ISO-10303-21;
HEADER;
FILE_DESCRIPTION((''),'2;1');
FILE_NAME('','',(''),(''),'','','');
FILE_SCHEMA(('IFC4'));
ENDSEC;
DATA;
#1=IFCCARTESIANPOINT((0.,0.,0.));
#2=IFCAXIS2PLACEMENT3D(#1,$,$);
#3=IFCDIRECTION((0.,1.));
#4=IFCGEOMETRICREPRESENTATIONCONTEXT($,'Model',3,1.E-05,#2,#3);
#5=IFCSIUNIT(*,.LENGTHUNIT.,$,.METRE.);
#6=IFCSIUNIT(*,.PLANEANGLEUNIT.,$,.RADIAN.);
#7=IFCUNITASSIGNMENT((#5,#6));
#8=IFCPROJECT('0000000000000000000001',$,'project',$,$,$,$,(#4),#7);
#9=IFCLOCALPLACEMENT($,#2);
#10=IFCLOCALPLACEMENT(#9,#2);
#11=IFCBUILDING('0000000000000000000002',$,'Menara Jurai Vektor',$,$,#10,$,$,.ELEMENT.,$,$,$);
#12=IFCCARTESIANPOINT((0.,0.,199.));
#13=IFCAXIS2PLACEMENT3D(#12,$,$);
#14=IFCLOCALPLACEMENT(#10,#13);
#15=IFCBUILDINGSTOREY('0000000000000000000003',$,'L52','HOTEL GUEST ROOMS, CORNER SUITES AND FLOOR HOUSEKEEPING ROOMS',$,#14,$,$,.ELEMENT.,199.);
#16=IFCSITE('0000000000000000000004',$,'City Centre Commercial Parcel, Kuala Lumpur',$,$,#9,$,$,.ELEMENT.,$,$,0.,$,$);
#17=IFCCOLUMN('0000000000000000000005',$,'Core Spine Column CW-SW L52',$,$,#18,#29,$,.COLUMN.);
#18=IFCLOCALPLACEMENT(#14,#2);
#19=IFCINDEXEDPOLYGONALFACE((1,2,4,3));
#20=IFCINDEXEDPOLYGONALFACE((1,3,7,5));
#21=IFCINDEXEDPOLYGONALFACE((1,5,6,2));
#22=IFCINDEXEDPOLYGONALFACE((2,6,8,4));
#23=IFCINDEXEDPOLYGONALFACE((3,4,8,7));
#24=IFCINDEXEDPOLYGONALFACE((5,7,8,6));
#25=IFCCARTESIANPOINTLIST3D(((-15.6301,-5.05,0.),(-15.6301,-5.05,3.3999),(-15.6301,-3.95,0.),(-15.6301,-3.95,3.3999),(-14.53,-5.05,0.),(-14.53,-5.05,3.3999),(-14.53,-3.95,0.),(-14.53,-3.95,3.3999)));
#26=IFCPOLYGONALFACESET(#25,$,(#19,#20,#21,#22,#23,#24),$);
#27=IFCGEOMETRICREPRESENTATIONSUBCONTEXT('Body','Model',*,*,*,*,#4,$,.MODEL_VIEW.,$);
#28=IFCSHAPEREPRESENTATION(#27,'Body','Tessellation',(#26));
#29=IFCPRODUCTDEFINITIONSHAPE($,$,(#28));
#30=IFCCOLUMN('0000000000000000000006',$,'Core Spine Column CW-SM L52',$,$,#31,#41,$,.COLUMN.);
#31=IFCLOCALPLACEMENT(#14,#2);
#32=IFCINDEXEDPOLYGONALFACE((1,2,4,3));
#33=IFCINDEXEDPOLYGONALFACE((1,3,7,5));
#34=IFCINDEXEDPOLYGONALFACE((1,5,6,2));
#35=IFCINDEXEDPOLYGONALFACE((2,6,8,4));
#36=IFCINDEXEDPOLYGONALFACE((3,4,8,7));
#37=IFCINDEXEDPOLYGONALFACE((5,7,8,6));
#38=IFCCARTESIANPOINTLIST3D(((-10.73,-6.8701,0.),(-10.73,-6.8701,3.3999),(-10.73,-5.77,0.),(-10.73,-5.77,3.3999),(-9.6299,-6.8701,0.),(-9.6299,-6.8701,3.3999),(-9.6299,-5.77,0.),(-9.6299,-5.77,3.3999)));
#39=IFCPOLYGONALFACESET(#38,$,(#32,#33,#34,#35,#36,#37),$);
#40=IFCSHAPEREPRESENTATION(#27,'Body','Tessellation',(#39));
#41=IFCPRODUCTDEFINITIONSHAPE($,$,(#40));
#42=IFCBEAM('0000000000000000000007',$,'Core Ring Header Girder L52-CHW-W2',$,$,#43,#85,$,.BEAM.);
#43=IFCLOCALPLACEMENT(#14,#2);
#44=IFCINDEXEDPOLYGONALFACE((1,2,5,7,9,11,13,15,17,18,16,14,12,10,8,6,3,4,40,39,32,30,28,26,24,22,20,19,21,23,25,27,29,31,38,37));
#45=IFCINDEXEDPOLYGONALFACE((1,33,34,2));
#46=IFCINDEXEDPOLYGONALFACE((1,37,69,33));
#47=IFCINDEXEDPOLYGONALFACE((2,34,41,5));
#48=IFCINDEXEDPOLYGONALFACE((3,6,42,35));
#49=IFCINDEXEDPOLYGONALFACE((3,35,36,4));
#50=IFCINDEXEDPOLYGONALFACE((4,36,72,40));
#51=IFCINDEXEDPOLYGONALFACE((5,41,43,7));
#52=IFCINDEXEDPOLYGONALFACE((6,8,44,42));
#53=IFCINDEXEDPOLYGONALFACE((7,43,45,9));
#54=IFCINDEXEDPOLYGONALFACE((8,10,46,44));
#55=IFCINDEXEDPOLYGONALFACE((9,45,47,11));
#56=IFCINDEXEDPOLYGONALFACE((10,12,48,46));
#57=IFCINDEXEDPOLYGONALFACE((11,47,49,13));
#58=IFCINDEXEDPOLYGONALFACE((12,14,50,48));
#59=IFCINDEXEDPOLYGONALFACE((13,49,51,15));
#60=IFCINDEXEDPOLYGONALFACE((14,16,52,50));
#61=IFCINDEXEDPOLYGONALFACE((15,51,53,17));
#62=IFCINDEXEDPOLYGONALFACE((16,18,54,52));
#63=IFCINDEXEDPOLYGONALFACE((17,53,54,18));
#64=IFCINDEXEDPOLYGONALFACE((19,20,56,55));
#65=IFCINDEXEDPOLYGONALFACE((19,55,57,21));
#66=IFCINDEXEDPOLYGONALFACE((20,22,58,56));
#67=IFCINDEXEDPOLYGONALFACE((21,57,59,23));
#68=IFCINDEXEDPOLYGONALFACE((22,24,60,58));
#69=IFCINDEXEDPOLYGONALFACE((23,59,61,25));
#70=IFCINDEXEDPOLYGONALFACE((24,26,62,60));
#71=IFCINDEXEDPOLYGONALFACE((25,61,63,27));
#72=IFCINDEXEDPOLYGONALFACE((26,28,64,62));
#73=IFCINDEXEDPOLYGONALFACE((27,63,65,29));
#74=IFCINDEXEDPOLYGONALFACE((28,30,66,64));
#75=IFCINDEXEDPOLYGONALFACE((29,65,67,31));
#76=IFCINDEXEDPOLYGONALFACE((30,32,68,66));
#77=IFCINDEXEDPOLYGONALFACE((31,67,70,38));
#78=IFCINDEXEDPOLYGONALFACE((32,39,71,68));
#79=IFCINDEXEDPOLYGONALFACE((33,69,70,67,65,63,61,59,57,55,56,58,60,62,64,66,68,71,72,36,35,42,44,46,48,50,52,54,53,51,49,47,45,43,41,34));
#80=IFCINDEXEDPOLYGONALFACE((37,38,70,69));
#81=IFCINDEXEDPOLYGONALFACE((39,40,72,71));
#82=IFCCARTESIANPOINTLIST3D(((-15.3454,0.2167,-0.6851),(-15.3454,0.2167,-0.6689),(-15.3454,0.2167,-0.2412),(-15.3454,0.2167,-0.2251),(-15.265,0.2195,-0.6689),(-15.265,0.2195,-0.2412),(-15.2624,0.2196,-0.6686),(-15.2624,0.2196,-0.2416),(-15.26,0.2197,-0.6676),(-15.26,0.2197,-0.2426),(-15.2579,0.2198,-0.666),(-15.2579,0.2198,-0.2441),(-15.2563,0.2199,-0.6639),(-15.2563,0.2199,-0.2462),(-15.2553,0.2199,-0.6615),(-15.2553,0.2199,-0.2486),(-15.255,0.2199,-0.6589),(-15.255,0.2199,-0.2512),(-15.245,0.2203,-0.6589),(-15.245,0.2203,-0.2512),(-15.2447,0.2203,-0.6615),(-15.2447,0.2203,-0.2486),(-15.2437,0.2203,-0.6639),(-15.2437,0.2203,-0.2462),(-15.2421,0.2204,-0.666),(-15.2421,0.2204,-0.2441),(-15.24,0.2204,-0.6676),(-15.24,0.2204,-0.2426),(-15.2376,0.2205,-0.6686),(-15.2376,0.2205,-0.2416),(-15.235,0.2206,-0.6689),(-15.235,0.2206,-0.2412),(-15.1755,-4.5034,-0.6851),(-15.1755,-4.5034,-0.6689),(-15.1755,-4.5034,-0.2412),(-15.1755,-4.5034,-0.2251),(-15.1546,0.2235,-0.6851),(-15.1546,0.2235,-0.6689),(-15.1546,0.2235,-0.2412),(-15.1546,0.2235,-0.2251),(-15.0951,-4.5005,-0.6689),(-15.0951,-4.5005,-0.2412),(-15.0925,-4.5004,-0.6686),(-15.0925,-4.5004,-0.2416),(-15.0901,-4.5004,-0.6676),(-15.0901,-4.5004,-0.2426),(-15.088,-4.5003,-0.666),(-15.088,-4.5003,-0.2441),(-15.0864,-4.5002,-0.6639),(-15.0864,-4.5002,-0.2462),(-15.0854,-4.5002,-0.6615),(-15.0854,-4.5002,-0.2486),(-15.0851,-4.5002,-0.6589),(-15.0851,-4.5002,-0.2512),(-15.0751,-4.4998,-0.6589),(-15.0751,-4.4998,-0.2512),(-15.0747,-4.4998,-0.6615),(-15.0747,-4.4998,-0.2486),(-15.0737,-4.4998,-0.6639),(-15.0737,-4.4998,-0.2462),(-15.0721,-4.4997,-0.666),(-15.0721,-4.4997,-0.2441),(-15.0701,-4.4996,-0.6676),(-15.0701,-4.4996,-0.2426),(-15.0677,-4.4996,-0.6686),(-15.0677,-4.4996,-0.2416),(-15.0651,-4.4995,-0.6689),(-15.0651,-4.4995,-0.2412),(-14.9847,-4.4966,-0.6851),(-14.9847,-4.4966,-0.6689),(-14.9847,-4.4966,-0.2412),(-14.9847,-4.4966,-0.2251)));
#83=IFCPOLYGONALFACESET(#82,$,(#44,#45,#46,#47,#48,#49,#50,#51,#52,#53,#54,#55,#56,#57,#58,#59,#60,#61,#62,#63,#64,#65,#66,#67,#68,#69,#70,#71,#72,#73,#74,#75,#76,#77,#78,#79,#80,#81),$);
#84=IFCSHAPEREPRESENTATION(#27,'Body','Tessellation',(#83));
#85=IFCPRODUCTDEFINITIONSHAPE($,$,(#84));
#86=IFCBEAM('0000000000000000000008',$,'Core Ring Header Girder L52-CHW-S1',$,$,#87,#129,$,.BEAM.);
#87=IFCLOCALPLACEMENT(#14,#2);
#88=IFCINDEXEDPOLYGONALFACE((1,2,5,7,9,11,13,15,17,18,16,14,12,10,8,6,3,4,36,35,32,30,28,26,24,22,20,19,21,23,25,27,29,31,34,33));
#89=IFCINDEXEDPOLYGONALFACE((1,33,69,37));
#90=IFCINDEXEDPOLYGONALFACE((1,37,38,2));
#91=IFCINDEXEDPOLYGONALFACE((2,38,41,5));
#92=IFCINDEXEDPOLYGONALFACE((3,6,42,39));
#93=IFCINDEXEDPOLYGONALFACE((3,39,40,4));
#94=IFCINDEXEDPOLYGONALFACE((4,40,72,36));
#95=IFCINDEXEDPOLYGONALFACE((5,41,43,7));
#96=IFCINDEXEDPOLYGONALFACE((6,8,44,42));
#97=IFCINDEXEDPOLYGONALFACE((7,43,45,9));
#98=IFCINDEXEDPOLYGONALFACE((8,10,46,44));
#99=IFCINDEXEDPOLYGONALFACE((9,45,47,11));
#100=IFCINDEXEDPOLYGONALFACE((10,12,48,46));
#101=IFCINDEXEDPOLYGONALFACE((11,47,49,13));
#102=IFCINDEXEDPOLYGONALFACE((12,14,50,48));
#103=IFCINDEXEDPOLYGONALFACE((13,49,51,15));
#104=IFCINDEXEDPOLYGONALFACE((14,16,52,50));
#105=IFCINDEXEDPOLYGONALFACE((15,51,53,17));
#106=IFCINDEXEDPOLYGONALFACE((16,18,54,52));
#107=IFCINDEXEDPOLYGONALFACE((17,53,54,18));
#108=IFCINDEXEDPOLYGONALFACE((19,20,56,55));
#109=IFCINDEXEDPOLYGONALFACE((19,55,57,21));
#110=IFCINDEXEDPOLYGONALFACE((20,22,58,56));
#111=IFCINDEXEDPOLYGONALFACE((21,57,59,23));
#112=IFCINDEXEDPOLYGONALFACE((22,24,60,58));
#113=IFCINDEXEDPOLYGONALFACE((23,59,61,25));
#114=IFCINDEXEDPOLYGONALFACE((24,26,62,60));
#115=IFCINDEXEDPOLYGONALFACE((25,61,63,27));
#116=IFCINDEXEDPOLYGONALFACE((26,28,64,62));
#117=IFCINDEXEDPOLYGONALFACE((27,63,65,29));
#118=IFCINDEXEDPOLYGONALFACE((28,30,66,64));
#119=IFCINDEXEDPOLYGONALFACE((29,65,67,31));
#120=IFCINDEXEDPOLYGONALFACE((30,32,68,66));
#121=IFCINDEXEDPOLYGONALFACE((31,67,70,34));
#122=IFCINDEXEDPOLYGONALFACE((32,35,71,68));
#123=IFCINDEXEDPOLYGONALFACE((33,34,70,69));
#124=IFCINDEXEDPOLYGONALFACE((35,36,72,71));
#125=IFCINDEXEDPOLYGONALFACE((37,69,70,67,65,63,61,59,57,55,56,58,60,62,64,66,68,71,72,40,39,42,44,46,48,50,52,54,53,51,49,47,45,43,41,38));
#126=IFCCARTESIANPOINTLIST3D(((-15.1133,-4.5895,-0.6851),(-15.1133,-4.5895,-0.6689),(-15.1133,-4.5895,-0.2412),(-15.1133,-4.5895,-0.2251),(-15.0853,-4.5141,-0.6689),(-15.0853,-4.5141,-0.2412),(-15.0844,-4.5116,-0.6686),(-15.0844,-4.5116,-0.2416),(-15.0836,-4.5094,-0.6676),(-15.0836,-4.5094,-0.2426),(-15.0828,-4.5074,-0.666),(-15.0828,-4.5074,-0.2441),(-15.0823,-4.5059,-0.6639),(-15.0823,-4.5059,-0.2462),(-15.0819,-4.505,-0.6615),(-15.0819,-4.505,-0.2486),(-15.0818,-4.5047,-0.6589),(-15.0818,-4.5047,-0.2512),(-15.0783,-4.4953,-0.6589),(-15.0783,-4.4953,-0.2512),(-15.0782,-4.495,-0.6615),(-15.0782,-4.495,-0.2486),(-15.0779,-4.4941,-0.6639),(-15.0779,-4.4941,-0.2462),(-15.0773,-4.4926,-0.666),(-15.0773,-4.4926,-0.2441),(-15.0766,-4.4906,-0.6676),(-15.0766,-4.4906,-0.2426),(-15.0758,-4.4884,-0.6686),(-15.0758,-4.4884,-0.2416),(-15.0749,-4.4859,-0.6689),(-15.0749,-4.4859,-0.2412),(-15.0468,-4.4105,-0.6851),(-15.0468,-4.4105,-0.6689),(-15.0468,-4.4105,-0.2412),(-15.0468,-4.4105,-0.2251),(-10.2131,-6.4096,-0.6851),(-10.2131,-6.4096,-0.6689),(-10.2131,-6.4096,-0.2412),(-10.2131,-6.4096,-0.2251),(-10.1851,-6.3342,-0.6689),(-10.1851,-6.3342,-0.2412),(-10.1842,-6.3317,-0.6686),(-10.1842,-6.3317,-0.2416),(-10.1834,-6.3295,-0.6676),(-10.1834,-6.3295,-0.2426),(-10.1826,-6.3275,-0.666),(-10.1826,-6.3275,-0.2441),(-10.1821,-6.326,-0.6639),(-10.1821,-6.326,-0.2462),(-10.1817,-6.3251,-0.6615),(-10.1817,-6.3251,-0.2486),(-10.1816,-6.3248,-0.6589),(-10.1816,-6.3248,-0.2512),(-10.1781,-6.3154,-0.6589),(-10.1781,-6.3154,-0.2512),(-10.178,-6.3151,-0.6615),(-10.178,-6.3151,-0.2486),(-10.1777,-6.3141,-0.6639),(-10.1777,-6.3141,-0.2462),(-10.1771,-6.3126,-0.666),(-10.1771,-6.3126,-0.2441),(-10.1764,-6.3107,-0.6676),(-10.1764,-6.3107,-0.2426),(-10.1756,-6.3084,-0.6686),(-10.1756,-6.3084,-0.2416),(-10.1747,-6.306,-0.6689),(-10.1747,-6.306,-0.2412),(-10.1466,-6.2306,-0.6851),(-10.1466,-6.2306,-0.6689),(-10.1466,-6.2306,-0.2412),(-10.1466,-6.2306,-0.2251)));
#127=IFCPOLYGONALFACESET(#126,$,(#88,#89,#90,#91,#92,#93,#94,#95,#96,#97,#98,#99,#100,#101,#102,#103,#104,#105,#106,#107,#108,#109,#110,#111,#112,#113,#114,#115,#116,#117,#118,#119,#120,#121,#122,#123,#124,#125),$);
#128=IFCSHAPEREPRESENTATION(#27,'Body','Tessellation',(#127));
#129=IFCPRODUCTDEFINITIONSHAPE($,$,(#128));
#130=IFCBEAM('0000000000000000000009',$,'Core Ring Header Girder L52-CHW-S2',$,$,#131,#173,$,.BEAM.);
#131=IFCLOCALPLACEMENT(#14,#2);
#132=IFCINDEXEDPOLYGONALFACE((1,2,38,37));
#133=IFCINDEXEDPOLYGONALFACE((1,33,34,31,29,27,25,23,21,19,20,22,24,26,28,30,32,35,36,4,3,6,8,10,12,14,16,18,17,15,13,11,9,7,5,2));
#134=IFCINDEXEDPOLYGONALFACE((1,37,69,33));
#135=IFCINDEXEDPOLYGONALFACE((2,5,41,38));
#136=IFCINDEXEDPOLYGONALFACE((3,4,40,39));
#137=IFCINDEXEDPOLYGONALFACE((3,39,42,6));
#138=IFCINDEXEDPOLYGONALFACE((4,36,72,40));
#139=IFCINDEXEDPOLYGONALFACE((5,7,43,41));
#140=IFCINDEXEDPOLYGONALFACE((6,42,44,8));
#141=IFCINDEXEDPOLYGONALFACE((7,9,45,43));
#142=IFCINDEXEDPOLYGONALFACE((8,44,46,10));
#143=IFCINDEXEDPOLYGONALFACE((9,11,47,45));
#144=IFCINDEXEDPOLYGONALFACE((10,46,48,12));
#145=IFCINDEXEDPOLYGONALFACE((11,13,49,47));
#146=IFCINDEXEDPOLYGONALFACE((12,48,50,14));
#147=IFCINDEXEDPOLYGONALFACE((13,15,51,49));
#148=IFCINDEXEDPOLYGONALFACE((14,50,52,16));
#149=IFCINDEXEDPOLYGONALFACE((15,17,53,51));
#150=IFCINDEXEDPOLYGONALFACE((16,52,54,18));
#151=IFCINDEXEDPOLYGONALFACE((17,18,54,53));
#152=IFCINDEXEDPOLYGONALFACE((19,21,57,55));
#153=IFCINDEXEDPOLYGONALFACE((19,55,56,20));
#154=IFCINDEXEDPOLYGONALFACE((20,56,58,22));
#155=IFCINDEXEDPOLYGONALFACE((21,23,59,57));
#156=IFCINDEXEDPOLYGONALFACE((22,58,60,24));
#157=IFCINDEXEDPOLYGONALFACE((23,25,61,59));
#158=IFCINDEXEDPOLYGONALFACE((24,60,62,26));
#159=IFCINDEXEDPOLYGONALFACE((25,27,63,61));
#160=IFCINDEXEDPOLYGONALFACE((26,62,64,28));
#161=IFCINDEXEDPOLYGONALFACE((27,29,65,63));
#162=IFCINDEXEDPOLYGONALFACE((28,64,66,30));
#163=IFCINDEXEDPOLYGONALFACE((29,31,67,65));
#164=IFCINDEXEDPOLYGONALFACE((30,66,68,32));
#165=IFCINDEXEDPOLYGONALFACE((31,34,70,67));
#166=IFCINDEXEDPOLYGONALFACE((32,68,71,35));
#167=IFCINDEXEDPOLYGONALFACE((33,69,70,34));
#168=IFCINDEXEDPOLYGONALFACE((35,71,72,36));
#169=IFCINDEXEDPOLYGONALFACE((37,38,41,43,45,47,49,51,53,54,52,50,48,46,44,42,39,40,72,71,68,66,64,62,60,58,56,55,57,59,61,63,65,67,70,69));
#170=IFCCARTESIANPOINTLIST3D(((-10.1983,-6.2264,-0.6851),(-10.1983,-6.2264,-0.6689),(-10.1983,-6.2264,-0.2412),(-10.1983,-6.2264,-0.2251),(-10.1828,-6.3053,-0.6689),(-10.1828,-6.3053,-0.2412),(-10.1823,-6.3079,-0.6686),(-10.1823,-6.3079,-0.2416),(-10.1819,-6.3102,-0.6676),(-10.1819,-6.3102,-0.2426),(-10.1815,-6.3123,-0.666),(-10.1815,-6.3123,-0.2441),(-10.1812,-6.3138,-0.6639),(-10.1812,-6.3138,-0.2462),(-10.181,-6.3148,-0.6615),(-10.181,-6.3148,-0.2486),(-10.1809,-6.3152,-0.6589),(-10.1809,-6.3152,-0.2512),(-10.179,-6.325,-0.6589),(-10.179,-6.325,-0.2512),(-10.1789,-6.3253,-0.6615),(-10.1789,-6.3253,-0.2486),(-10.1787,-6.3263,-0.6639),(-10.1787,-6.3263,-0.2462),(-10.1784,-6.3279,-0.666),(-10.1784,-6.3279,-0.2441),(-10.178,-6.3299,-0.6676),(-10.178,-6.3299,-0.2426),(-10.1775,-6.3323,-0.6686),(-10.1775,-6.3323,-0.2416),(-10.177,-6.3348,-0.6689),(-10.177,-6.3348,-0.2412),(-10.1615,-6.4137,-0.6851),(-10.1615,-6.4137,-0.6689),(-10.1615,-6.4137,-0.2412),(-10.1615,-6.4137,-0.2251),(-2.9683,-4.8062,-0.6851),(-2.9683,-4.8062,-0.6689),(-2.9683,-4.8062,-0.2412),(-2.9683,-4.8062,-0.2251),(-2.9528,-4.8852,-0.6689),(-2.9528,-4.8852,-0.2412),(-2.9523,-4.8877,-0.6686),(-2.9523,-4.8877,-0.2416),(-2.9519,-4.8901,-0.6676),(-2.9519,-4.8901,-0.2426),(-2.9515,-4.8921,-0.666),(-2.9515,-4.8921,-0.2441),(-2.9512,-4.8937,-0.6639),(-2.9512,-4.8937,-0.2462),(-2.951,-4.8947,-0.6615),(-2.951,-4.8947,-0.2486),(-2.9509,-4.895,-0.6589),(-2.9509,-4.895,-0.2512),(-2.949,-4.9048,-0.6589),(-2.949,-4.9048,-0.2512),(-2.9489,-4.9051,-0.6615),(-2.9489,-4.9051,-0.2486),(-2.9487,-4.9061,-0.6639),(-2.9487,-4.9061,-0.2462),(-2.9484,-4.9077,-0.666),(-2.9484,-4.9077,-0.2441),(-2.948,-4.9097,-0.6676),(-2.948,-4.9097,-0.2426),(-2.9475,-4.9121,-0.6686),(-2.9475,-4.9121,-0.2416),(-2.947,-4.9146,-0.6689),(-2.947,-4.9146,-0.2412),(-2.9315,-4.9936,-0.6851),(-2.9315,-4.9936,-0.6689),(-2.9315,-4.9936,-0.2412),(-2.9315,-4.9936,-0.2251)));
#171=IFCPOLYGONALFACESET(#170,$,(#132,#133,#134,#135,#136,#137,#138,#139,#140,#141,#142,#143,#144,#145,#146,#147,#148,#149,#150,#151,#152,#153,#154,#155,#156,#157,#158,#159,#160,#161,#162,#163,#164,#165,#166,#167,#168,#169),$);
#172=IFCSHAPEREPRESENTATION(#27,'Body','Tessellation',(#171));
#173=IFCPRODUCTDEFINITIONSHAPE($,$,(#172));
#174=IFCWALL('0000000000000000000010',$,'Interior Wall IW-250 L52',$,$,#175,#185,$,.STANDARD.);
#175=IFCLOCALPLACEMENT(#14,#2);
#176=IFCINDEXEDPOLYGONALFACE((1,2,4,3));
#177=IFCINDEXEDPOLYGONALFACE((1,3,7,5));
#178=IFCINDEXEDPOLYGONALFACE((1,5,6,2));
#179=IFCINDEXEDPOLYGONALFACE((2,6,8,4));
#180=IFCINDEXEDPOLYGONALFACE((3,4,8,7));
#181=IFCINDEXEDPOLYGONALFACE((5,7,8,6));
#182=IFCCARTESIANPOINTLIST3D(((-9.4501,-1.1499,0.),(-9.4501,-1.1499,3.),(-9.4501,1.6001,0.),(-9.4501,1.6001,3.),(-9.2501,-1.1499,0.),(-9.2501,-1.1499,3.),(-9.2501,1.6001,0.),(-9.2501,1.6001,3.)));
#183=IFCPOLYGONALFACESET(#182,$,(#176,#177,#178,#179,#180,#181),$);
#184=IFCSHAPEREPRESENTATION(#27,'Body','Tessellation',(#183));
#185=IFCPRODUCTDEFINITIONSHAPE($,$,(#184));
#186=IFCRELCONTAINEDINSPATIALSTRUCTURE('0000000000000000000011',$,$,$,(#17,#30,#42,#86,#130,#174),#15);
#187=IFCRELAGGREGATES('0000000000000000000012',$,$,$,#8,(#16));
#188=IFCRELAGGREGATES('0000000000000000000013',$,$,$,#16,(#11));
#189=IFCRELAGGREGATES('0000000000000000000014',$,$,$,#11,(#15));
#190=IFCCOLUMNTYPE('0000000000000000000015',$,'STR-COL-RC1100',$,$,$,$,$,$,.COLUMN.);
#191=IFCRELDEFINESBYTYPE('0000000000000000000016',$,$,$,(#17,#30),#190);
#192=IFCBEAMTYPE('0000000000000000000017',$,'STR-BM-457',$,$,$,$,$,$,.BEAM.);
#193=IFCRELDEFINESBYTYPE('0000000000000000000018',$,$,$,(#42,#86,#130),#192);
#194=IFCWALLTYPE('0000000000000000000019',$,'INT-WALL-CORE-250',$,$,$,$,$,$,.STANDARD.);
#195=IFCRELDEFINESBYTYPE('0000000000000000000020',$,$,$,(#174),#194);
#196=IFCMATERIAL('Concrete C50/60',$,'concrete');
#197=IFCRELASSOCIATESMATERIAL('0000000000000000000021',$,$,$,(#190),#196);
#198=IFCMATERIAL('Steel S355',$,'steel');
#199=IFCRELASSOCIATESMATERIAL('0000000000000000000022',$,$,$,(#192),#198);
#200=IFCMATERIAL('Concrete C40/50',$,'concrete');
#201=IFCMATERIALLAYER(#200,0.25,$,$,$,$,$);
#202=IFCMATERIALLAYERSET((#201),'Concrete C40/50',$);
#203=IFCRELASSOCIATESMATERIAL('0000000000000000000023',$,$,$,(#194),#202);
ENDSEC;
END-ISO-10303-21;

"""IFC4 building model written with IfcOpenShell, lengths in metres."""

from ifc_helpers import new_model, si_unit, direction, frame, frame_2d, origin, origin_2d, place, context, subcontext, project, spatial, rectangle, i_section, extrude, material, layer, layer_set, material_profile, profile_set, type_object, element, save


model = new_model("IFC4")

# Units and contexts
model_context = context("Model", 3, precision=1e-05, world=origin(), true_north=direction((0.0, 1.0)))
body_context = subcontext(model_context, "Body", "Model", "MODEL_VIEW")
ifc_project = project(units=[si_unit("LENGTHUNIT", "METRE"), si_unit("PLANEANGLEUNIT", "RADIAN")], contexts=[model_context])

# Site, building, storey
site_placement = place(None, origin())
site = spatial("IfcSite", under=ifc_project, at=site_placement, Name="City Centre Commercial Parcel, Kuala Lumpur", CompositionType="ELEMENT", RefElevation=0.0)
building_placement = place(site_placement, origin())
building = spatial("IfcBuilding", under=site, at=building_placement, Name="Menara Jurai Vektor", CompositionType="ELEMENT")
storey_placement = place(building_placement, frame((0.0, 0.0, 199.0)))
storey = spatial("IfcBuildingStorey", under=building, at=storey_placement, Name="L52", Description="HOTEL GUEST ROOMS, CORNER SUITES AND FLOOR HOUSEKEEPING ROOMS", CompositionType="ELEMENT", Elevation=199.0)

# Columns
ifc_material_1 = material(Name="Concrete C50/60", Category="concrete")
ifc_material_profile_1 = material_profile(ifc_material_1, rectangle(XDim=1.1001, YDim=1.1001, at=origin_2d()), Name="RC 1100x1100")
ifc_profile_set_1 = profile_set([ifc_material_profile_1], Name="Concrete C50/60")
column_type = type_object("IfcColumnType", Name="STR-COL-RC1100", PredefinedType="COLUMN", material=ifc_profile_set_1)
for number, where, z_axis, x_axis, name in (
    (1, (-15.0801, -4.5, 0.0), (0.0, 0.0, 1.0), (1.0, 0.0, 0.0), "Core Spine Column CW-SW L52"),
    (2, (-10.1799, -6.3201, 0.0), (0.0, 0.0, 1.0), (1.0, 0.0, 0.0), "Core Spine Column CW-SM L52"),
):
    element("IfcColumn", number, at=place(storey_placement, frame(where, z_axis=z_axis, x_axis=x_axis)), inside=storey, type_object=column_type, Name=name, PredefinedType="COLUMN", context=body_context, shape_type="SweptSolid", body=[
        extrude(rectangle(XDim=1.1001, YDim=1.1001, at=origin_2d()), origin(), (0.0, 0.0, 1.0), 3.3999),
    ])

# Beams
ifc_material_2 = material(Name="Steel S355", Category="steel")
ifc_material_profile_2 = material_profile(ifc_material_2, i_section(OverallWidth=0.1909, OverallDepth=0.46, WebThickness=0.01, FlangeThickness=0.0161, FilletRadius=0.01, at=origin_2d()), Name="UKB 457x191x82")
ifc_profile_set_2 = profile_set([ifc_material_profile_2], Name="Steel S355")
beam_type = type_object("IfcBeamType", Name="STR-BM-457", PredefinedType="BEAM", material=ifc_profile_set_2)
beam_1_placement = place(storey_placement, frame((-15.0801, -4.5, -0.4551), z_axis=(-0.035977, 0.999353, 0.0), x_axis=(-0.999353, -0.035977, 0.0)))
element("IfcBeam", 3, at=beam_1_placement, inside=storey, type_object=beam_type, Name="Core Ring Header Girder L52-CHW-W2", PredefinedType="BEAM", context=body_context, shape_type="SweptSolid", body=[
    extrude(i_section(OverallWidth=0.1909, OverallDepth=0.46, WebThickness=0.01, FlangeThickness=0.0161, FilletRadius=0.01, at=origin_2d()), origin(), (0.0, 0.0, 1.0), 4.7231),
])
beam_2_placement = place(storey_placement, frame((-15.0801, -4.5, -0.4551), z_axis=(0.937424, -0.348189, 0.0), x_axis=(0.348189, 0.937424, 0.0)))
element("IfcBeam", 4, at=beam_2_placement, inside=storey, type_object=beam_type, Name="Core Ring Header Girder L52-CHW-S1", PredefinedType="BEAM", context=body_context, shape_type="SweptSolid", body=[
    extrude(i_section(OverallWidth=0.1909, OverallDepth=0.46, WebThickness=0.01, FlangeThickness=0.0161, FilletRadius=0.01, at=origin_2d()), origin(), (0.0, 0.0, 1.0), 5.2273),
])
beam_3_placement = place(storey_placement, frame((-10.1799, -6.3201, -0.4551), z_axis=(0.981249, 0.192744, 0.0), x_axis=(-0.192744, 0.981249, 0.0)))
element("IfcBeam", 5, at=beam_3_placement, inside=storey, type_object=beam_type, Name="Core Ring Header Girder L52-CHW-S2", PredefinedType="BEAM", context=body_context, shape_type="SweptSolid", body=[
    extrude(i_section(OverallWidth=0.1909, OverallDepth=0.46, WebThickness=0.01, FlangeThickness=0.0161, FilletRadius=0.01, at=origin_2d()), origin(), (0.0, 0.0, 1.0), 7.3682),
])

# Shared definitions
ifc_material_3 = material(Name="Concrete C40/50", Category="concrete")
ifc_layer_1 = layer(ifc_material_3, 0.25)
ifc_layer_set_1 = layer_set([ifc_layer_1], Name="Concrete C40/50")
wall_type_1 = type_object("IfcWallType", Name="INT-WALL-CORE-250", PredefinedType="STANDARD", material=ifc_layer_set_1)

# Wall
wall_1_placement = place(storey_placement, frame((-9.3501, -1.1499, 0.0), z_axis=(0.0, 0.0, 1.0), x_axis=(0.0, 1.0, 0.0)))
element("IfcWall", 6, at=wall_1_placement, inside=storey, type_object=wall_type_1, Name="Interior Wall IW-250 L52", PredefinedType="STANDARD", context=body_context, shape_type="SweptSolid", body=[
    extrude(rectangle(XDim=2.75, YDim=0.2, at=frame_2d((1.375, 0.0))), origin(), (0.0, 0.0, 1.0), 3.0),
])

save(model, "model.ifc")
